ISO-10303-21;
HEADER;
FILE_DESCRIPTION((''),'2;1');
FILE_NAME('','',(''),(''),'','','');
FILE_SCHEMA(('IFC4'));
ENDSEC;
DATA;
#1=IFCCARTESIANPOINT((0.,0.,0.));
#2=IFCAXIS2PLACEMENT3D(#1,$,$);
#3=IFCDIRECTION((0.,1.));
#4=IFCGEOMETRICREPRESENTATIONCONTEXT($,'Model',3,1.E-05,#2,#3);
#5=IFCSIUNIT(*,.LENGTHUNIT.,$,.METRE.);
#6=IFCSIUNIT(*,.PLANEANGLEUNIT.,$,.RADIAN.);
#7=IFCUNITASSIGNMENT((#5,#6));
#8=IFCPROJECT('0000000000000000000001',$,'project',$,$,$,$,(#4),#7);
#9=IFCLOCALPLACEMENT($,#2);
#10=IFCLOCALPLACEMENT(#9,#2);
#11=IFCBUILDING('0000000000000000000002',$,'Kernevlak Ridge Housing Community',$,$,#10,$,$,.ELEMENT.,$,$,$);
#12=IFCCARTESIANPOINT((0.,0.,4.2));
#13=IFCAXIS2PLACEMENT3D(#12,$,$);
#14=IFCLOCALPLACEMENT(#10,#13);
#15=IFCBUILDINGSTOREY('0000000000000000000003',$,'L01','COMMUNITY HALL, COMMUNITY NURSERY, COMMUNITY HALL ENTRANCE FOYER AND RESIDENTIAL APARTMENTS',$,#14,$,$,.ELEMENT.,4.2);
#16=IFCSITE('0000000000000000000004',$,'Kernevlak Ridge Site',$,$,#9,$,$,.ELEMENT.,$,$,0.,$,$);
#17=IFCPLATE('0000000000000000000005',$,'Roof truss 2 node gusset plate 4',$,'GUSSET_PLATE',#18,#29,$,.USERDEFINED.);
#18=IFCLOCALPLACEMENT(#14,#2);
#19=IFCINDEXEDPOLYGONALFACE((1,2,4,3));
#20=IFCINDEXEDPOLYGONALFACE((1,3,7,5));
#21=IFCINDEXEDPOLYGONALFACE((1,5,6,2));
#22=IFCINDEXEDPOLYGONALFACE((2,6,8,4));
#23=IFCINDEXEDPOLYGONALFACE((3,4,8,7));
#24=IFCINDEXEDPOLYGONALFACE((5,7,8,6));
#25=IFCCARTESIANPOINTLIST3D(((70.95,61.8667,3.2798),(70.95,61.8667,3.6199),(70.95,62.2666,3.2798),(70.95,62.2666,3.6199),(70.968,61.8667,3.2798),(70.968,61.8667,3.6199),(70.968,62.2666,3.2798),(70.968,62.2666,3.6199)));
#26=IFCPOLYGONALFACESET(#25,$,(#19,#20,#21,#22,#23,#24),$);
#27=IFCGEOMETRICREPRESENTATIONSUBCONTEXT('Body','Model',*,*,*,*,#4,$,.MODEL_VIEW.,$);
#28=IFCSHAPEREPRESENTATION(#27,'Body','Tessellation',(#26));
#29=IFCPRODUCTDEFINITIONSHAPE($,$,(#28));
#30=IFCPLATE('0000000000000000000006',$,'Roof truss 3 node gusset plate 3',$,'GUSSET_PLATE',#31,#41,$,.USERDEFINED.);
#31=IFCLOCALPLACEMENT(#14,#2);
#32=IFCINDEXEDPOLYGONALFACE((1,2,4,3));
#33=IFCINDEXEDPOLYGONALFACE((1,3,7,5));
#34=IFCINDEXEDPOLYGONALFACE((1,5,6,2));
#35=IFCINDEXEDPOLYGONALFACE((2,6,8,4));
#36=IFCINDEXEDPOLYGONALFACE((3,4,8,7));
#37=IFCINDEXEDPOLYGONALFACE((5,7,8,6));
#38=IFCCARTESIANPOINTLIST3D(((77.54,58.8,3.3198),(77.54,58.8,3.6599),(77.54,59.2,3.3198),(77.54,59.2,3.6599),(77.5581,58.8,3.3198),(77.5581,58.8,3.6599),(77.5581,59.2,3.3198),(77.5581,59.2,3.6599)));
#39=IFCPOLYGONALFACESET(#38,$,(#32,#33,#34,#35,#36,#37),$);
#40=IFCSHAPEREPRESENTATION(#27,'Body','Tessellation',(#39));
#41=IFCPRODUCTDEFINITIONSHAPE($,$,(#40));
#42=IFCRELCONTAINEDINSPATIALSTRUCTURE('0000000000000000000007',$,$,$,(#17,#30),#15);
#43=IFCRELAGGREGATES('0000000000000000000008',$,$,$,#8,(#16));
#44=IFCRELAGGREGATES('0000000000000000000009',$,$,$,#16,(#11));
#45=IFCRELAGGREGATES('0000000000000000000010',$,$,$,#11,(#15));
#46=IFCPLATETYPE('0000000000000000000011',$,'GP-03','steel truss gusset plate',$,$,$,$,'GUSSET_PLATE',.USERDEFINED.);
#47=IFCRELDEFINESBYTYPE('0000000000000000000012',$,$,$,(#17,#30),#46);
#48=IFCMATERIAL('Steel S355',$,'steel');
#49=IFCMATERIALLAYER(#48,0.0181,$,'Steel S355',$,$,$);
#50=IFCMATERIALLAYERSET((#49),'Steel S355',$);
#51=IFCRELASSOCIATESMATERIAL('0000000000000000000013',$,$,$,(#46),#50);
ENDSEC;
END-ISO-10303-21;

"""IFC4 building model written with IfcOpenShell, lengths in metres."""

from ifc_helpers import new_model, si_unit, direction, frame, origin, origin_2d, place, context, subcontext, project, spatial, rectangle, extrude, material, layer, layer_set, type_object, element, save


model = new_model("IFC4")

# Units and contexts
model_context = context("Model", 3, precision=1e-05, world=origin(), true_north=direction((0.0, 1.0)))
body_context = subcontext(model_context, "Body", "Model", "MODEL_VIEW")
ifc_project = project(units=[si_unit("LENGTHUNIT", "METRE"), si_unit("PLANEANGLEUNIT", "RADIAN")], contexts=[model_context])

# Site, building, storey
site_placement = place(None, origin())
site = spatial("IfcSite", under=ifc_project, at=site_placement, Name="Kernevlak Ridge Site", CompositionType="ELEMENT", RefElevation=0.0)
building_placement = place(site_placement, origin())
building = spatial("IfcBuilding", under=site, at=building_placement, Name="Kernevlak Ridge Housing Community", CompositionType="ELEMENT")
storey_placement = place(building_placement, frame((0.0, 0.0, 4.2)))
storey = spatial("IfcBuildingStorey", under=building, at=storey_placement, Name="L01", Description="COMMUNITY HALL, COMMUNITY NURSERY, COMMUNITY HALL ENTRANCE FOYER AND RESIDENTIAL APARTMENTS", CompositionType="ELEMENT", Elevation=4.2)

# Shared definitions
ifc_material = material(Name="Steel S355", Category="steel")

# Plates
ifc_layer_1 = layer(ifc_material, 0.0181, Name="Steel S355")
ifc_layer_set_1 = layer_set([ifc_layer_1], Name="Steel S355")
plate_type_1 = type_object("IfcPlateType", Name="GP-03", Description="steel truss gusset plate", ElementType="GUSSET_PLATE", PredefinedType="USERDEFINED", material=ifc_layer_set_1)
for number, where, z_axis, x_axis, name in (
    (1, (70.959, 62.0667, 3.2798), (0.0, 0.0, 1.0), (1.0, 0.0, 0.0), "Roof truss 2 node gusset plate 4"),
    (2, (77.5491, 59.0, 3.3198), (0.0, 0.0, 1.0), (1.0, 0.0, 0.0), "Roof truss 3 node gusset plate 3"),
):
    element("IfcPlate", number, at=place(storey_placement, frame(where, z_axis=z_axis, x_axis=x_axis)), inside=storey, type_object=plate_type_1, Name=name, ObjectType="GUSSET_PLATE", PredefinedType="USERDEFINED", context=body_context, shape_type="SweptSolid", body=[
        extrude(rectangle(XDim=0.0181, YDim=0.3999, at=origin_2d()), origin(), (0.0, 0.0, 1.0), 0.3401),
    ])

save(model, "model.ifc")
